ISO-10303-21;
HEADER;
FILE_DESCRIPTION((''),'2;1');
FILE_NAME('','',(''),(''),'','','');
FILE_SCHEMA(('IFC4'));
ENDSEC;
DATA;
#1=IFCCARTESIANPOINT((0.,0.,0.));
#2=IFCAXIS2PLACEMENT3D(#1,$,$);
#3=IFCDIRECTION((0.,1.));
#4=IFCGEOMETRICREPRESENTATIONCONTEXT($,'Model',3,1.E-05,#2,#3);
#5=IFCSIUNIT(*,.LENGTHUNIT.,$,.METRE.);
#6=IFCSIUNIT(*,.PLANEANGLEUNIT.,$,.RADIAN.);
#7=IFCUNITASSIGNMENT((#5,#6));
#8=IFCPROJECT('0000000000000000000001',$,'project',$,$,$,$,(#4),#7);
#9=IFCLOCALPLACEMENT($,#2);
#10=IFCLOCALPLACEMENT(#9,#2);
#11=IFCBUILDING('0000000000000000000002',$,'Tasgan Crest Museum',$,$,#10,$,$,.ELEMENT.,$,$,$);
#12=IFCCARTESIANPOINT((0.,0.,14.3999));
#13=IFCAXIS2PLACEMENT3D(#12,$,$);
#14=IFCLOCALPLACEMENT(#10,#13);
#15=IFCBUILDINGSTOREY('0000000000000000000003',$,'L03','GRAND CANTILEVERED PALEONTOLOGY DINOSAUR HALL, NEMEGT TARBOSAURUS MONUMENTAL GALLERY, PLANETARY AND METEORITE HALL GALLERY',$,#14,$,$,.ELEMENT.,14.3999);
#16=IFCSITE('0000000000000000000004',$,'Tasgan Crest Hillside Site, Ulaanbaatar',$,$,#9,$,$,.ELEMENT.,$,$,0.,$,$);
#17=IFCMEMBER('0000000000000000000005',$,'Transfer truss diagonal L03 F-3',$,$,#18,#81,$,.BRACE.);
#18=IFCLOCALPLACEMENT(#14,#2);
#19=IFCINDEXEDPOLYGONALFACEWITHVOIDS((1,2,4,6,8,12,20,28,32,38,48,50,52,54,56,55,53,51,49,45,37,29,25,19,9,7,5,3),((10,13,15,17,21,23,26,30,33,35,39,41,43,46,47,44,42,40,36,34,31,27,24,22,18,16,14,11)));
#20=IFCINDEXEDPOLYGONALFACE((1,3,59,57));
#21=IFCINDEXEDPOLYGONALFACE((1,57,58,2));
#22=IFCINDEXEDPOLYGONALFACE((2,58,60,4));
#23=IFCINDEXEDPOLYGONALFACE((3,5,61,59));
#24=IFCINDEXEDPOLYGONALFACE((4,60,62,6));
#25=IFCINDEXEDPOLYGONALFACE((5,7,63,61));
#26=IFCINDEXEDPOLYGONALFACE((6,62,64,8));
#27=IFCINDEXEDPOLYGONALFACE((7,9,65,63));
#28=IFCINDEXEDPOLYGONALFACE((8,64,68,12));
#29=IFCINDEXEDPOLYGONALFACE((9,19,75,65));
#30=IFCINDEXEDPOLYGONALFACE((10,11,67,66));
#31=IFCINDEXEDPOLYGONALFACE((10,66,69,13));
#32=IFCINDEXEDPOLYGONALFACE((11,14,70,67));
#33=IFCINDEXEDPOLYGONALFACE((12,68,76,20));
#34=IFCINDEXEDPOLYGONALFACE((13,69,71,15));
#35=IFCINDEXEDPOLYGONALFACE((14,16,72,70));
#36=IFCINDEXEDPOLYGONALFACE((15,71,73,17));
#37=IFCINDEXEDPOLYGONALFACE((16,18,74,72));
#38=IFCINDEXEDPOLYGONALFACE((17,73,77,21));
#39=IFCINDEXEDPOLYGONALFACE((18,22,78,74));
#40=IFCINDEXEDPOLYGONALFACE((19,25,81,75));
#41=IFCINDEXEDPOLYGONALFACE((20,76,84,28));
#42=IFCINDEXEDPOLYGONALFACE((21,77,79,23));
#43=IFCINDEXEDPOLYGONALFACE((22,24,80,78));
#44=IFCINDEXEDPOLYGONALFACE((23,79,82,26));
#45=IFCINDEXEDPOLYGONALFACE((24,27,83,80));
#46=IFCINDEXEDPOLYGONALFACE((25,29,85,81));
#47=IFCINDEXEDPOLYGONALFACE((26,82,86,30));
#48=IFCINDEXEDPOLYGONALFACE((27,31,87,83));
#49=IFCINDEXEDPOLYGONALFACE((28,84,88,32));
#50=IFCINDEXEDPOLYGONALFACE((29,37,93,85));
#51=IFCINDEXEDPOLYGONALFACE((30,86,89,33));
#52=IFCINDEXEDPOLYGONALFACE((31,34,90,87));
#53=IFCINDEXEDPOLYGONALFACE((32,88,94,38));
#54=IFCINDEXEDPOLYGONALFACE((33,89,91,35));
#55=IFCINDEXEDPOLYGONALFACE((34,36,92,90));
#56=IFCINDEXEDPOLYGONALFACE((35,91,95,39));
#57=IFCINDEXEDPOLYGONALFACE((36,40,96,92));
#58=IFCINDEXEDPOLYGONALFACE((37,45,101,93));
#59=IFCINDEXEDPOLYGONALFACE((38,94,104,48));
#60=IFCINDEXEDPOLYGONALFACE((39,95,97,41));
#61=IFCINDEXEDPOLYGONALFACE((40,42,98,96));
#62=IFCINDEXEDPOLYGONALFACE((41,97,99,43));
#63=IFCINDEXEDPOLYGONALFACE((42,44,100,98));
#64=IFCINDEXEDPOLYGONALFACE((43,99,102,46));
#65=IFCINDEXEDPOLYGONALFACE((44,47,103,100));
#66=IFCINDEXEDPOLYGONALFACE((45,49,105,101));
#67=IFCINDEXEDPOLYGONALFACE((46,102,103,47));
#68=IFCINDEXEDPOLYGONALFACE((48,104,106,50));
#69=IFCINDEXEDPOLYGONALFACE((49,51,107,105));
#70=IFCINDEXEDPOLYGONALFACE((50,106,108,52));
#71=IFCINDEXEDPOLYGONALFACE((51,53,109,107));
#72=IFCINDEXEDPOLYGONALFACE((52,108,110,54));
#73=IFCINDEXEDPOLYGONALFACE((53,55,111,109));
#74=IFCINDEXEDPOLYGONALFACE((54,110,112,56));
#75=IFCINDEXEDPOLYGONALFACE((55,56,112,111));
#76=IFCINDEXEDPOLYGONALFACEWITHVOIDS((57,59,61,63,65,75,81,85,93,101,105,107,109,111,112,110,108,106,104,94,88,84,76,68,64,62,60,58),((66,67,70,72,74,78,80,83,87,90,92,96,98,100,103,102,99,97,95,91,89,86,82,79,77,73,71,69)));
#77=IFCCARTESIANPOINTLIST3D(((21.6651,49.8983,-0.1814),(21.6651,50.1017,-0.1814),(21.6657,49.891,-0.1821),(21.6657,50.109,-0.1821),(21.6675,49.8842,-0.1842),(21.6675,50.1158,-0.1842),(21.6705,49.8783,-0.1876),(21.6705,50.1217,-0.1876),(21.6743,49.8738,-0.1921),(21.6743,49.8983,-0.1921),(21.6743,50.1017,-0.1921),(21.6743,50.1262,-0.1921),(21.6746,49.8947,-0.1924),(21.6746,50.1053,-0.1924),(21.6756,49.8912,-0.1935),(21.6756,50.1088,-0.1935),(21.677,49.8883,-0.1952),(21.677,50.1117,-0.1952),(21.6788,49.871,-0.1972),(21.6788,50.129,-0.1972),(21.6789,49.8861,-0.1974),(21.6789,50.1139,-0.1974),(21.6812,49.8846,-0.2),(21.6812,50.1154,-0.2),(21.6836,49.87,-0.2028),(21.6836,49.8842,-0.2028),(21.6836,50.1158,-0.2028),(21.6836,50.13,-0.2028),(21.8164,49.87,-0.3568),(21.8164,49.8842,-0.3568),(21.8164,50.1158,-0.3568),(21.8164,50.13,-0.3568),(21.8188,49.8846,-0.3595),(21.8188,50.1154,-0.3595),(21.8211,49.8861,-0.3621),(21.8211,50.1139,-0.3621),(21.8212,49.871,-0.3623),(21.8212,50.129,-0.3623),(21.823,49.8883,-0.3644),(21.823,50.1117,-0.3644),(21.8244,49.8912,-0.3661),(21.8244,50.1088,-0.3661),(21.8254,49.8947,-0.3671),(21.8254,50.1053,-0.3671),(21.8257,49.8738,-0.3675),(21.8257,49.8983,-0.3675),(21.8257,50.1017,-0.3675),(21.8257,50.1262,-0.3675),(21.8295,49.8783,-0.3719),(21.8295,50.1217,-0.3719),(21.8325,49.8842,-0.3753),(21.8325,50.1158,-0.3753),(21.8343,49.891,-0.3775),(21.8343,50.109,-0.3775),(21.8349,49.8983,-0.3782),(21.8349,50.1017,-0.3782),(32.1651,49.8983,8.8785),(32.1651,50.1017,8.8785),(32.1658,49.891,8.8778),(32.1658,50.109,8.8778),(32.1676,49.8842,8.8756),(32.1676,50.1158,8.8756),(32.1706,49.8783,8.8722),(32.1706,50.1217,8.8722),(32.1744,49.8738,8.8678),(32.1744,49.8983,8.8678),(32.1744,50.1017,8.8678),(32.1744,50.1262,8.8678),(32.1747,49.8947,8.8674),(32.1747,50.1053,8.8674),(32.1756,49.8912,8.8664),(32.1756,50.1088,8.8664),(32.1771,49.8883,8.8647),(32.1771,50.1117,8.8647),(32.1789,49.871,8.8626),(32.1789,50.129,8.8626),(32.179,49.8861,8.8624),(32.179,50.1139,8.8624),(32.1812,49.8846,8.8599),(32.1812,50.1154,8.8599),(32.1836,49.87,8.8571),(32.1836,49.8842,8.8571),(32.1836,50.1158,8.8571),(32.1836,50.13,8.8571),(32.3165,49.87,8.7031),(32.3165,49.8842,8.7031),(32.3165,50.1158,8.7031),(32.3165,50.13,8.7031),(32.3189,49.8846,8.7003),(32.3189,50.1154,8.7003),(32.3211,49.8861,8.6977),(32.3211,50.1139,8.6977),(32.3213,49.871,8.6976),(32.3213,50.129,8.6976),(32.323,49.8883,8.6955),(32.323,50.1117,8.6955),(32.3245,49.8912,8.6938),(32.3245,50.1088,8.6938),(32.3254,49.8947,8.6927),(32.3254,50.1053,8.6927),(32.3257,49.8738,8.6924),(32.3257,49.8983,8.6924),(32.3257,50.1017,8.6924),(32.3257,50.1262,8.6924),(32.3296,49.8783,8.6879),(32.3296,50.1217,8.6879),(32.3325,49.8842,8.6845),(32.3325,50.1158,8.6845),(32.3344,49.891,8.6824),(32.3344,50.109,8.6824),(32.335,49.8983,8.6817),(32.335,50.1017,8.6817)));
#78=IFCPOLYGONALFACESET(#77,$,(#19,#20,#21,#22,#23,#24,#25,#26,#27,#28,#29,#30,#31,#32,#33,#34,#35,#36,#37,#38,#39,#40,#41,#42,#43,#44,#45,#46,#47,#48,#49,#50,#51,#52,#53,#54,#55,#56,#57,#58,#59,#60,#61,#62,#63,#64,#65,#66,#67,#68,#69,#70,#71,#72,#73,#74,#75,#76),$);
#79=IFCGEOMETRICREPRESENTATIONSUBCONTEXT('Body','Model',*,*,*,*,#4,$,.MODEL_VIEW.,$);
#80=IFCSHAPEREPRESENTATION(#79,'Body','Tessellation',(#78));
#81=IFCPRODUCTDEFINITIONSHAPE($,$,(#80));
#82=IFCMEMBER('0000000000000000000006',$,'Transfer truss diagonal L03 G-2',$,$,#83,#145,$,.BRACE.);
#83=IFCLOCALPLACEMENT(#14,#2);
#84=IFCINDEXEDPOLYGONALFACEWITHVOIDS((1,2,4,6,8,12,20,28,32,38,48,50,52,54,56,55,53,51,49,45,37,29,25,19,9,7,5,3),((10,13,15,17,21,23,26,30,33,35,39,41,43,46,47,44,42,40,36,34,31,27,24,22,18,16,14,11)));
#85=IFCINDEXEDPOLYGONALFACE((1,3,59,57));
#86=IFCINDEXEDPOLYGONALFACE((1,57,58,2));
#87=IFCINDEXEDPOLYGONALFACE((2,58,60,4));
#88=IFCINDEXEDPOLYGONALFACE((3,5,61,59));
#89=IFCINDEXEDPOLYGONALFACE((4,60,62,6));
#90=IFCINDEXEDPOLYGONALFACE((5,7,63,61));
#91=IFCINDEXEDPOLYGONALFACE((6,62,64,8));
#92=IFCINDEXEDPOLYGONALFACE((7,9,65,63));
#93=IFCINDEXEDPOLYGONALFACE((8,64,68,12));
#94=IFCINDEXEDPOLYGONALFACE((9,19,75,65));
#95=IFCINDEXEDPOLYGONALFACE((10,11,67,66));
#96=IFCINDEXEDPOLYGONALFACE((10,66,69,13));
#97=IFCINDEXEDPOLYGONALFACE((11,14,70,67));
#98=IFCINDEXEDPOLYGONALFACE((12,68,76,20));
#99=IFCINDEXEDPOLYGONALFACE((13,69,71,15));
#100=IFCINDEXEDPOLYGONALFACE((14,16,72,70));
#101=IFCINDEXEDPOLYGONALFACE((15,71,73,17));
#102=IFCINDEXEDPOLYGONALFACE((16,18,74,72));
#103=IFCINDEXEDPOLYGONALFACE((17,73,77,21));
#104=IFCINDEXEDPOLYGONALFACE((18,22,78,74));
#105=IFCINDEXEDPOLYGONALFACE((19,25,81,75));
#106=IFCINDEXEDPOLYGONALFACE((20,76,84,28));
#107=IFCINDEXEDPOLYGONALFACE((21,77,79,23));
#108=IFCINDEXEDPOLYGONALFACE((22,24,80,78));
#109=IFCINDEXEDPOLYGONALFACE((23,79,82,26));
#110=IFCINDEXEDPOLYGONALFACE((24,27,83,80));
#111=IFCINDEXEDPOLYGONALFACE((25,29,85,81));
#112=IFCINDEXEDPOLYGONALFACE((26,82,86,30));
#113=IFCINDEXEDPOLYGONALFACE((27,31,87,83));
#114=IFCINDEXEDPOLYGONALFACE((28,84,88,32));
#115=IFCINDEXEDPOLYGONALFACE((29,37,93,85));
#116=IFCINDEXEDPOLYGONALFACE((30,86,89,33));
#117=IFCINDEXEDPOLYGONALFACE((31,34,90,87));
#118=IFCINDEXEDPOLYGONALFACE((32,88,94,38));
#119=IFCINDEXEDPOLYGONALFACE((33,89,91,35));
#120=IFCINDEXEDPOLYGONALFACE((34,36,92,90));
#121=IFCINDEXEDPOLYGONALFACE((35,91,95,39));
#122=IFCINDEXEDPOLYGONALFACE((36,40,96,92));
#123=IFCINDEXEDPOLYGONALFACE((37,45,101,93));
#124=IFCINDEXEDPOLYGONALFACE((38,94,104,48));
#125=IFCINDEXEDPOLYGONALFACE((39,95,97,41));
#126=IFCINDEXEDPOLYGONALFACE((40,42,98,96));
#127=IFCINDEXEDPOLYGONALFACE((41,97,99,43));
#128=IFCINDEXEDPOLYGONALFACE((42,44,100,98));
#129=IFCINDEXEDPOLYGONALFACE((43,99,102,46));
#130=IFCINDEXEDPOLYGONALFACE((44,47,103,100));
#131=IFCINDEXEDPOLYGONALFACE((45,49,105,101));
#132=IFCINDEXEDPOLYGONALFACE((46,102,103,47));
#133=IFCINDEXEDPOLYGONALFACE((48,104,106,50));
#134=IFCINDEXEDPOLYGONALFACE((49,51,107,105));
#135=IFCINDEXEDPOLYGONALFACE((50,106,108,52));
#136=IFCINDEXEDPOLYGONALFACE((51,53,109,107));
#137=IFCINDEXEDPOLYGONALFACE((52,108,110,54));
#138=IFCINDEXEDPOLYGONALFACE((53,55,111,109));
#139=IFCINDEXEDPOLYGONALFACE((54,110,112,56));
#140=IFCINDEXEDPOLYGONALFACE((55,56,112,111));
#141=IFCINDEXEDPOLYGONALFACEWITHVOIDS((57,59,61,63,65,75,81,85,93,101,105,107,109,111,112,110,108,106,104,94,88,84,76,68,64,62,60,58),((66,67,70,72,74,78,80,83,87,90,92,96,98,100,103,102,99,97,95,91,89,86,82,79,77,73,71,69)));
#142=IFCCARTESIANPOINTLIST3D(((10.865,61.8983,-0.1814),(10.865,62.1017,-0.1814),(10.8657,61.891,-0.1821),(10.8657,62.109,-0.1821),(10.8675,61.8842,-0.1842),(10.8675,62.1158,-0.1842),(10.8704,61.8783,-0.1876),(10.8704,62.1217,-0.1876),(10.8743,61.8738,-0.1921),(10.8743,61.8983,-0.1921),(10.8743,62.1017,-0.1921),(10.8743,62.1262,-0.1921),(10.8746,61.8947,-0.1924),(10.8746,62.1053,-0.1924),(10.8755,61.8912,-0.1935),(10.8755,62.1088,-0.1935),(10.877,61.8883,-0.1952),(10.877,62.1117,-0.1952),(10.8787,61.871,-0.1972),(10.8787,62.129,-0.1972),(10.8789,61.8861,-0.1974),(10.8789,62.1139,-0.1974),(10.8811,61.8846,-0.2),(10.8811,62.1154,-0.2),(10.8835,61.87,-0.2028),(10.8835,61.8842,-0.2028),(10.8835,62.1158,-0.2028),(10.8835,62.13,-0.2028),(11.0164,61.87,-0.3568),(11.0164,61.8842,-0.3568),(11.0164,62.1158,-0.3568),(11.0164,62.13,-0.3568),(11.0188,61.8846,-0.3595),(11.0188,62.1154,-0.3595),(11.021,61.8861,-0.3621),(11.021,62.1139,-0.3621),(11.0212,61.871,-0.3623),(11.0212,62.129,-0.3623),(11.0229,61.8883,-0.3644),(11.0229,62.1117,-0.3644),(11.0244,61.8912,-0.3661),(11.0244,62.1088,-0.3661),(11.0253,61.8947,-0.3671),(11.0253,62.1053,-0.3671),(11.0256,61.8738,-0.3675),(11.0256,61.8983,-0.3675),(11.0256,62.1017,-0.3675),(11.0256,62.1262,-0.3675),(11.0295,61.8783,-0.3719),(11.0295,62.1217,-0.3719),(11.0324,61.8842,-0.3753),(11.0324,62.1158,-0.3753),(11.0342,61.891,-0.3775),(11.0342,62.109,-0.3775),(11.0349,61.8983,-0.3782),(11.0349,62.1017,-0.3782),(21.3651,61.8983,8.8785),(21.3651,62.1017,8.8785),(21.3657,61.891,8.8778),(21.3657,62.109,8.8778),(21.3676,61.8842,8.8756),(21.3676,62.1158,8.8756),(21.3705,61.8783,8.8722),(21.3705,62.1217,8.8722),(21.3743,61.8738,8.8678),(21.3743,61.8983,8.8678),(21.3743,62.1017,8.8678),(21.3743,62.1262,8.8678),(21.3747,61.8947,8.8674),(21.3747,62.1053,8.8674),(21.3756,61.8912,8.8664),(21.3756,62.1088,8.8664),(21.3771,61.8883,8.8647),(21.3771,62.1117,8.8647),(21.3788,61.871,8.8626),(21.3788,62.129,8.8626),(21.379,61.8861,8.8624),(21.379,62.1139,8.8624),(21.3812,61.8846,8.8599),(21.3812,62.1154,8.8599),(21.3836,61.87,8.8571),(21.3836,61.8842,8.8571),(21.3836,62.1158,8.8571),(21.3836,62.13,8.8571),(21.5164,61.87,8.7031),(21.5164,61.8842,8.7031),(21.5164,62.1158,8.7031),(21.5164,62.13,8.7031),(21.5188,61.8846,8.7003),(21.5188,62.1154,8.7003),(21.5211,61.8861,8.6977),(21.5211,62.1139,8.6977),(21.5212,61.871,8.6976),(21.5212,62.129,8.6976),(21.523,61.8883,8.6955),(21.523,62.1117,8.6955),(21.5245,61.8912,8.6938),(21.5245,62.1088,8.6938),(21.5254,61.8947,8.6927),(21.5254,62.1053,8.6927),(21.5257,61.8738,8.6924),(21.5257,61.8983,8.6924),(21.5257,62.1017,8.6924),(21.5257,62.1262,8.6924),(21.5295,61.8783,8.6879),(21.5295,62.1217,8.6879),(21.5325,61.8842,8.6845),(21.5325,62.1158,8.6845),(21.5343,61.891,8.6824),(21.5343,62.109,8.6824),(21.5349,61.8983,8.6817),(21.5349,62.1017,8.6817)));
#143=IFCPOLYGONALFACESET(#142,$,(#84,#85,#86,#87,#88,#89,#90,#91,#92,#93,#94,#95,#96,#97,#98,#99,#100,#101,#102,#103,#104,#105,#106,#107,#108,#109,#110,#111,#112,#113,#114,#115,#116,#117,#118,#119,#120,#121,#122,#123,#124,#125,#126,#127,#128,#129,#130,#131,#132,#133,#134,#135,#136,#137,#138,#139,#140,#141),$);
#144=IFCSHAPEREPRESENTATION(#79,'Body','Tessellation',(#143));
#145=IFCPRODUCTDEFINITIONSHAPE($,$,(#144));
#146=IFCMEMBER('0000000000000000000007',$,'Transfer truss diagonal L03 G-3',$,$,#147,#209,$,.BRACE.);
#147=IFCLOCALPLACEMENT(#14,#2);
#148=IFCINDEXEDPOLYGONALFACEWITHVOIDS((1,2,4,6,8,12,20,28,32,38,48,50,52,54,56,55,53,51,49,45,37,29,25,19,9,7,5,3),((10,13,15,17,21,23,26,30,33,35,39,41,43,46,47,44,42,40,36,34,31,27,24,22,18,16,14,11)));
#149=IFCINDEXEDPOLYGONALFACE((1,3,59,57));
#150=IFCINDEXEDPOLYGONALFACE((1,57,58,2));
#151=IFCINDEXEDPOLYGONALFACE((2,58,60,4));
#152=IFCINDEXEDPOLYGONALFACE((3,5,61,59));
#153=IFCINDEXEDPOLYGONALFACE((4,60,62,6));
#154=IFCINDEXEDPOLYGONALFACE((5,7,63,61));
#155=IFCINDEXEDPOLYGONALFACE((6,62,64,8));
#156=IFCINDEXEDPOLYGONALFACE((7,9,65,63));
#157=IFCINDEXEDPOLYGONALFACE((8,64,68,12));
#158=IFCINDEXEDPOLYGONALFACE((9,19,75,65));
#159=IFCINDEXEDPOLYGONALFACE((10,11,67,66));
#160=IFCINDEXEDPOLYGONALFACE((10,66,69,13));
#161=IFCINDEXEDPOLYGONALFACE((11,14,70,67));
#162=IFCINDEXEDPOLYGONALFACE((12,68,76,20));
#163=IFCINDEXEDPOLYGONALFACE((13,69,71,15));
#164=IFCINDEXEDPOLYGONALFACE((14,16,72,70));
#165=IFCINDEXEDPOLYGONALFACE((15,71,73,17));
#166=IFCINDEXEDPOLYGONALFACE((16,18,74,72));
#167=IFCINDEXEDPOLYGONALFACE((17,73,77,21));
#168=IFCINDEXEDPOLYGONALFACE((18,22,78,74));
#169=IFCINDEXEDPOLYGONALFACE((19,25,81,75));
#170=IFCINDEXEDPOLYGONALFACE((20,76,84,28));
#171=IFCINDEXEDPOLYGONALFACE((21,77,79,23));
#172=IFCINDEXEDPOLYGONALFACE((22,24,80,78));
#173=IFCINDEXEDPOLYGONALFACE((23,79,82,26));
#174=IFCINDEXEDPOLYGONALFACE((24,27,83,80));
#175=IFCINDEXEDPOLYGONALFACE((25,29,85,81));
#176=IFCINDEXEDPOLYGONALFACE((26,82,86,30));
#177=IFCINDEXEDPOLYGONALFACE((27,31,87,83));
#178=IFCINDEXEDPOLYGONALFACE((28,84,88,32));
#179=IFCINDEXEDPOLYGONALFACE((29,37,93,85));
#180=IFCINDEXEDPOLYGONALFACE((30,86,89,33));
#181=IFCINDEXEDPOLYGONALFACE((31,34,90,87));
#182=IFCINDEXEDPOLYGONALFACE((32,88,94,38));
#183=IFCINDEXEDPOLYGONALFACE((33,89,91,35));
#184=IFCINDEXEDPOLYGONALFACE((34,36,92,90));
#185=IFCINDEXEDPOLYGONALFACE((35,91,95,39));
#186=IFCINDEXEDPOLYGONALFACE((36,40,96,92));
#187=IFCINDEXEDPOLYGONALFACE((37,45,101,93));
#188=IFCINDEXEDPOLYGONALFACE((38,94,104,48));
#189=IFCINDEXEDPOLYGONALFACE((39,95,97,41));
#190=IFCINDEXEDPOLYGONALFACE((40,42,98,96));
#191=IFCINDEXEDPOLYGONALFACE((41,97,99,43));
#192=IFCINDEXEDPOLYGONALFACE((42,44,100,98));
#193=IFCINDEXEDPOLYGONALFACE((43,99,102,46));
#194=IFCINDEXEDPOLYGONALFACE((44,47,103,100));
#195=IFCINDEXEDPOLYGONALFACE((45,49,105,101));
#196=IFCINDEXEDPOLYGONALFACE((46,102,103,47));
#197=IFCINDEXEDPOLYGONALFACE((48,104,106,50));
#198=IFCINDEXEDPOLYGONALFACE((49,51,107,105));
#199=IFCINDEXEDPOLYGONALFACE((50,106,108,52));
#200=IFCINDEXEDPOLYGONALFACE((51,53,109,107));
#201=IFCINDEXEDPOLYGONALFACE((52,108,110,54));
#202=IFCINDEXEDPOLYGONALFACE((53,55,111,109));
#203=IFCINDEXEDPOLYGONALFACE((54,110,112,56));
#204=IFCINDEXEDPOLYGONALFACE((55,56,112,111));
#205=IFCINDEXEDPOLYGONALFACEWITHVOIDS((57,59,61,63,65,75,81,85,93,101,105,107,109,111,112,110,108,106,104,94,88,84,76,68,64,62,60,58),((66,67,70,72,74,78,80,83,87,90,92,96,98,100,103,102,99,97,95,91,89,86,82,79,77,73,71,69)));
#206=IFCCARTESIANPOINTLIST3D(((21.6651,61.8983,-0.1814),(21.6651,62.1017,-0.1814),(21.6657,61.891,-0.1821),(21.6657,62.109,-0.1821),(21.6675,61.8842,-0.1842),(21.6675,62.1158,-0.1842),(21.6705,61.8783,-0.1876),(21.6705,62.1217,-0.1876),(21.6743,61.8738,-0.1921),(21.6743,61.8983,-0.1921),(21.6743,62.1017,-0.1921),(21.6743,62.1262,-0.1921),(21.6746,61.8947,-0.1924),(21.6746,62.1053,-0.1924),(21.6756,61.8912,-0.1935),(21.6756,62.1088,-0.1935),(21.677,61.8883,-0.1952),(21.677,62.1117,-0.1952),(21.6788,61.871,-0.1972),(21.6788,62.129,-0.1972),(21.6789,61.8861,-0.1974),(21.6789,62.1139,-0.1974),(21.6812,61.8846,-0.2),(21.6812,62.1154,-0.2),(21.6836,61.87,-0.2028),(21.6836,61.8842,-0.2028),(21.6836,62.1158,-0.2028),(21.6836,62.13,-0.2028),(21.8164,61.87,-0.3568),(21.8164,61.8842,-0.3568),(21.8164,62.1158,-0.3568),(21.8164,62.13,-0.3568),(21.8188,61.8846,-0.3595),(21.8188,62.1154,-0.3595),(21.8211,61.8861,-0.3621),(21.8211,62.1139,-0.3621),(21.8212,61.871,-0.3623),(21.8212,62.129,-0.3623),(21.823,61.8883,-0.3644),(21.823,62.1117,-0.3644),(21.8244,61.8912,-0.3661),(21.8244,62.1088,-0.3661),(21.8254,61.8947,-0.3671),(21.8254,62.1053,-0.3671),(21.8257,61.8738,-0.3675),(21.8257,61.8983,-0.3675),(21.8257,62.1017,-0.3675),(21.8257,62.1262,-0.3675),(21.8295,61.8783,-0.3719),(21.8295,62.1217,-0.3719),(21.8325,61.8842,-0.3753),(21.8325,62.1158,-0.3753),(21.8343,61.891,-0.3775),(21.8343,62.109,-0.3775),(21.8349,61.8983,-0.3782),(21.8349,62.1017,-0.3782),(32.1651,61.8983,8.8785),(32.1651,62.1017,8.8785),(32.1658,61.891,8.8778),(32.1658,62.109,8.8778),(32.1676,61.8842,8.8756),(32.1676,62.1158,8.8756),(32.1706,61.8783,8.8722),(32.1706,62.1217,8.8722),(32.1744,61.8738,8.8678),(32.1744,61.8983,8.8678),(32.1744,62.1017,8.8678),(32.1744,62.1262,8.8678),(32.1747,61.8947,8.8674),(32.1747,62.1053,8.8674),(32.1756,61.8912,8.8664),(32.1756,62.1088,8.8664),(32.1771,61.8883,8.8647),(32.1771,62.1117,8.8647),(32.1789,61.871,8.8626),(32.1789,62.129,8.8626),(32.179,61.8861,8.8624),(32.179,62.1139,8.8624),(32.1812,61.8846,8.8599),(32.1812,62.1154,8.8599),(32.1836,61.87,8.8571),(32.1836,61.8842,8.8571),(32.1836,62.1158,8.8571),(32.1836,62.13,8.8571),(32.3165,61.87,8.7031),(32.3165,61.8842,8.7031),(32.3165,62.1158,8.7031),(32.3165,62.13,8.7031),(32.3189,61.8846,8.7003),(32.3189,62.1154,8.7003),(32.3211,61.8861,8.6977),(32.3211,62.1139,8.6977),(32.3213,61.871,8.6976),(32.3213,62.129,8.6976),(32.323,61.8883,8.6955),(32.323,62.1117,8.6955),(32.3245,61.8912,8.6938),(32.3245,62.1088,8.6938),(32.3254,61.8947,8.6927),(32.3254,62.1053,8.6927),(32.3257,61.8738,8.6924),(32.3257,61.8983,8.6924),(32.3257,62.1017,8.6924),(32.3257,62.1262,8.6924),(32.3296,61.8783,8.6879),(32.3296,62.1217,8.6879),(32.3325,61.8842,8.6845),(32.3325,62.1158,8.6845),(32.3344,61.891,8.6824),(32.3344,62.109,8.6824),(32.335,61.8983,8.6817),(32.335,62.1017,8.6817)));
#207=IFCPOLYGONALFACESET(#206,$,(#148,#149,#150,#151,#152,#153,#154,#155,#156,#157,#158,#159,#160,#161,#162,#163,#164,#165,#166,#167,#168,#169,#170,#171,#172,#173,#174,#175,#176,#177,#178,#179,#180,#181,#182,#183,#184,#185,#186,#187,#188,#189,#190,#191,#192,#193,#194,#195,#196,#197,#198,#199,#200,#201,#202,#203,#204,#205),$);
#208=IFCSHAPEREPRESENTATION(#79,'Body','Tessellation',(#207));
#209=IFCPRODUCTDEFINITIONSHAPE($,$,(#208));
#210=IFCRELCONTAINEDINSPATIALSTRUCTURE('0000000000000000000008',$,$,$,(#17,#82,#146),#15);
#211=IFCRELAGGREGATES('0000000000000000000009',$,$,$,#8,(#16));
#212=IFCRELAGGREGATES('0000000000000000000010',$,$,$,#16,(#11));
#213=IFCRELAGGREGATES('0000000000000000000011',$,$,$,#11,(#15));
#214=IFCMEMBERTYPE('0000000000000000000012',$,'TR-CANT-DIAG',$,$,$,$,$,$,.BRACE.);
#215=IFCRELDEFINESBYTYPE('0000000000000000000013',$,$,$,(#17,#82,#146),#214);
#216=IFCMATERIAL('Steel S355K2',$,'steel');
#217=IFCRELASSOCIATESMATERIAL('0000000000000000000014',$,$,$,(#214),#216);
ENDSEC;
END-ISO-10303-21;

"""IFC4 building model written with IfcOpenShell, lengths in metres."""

from ifc_helpers import new_model, si_unit, direction, frame, origin, origin_2d, place, context, subcontext, project, spatial, hollow_rectangle, extrude, material, material_profile, profile_set, type_object, element, save


model = new_model("IFC4")

# Units and contexts
model_context = context("Model", 3, precision=1e-05, world=origin(), true_north=direction((0.0, 1.0)))
body_context = subcontext(model_context, "Body", "Model", "MODEL_VIEW")
ifc_project = project(units=[si_unit("LENGTHUNIT", "METRE"), si_unit("PLANEANGLEUNIT", "RADIAN")], contexts=[model_context])

# Site, building, storey
site_placement = place(None, origin())
site = spatial("IfcSite", under=ifc_project, at=site_placement, Name="Tasgan Crest Hillside Site, Ulaanbaatar", CompositionType="ELEMENT", RefElevation=0.0)
building_placement = place(site_placement, origin())
building = spatial("IfcBuilding", under=site, at=building_placement, Name="Tasgan Crest Museum", CompositionType="ELEMENT")
storey_placement = place(building_placement, frame((0.0, 0.0, 14.3999)))
storey = spatial("IfcBuildingStorey", under=building, at=storey_placement, Name="L03", Description="GRAND CANTILEVERED PALEONTOLOGY DINOSAUR HALL, NEMEGT TARBOSAURUS MONUMENTAL GALLERY, PLANETARY AND METEORITE HALL GALLERY", CompositionType="ELEMENT", Elevation=14.3999)

# Members
ifc_material_1 = material(Name="Steel S355K2", Category="steel")
ifc_material_profile_1 = material_profile(ifc_material_1, hollow_rectangle(XDim=0.26, YDim=0.26, WallThickness=0.0142, InnerFilletRadius=0.0142, OuterFilletRadius=0.0283, at=origin_2d()), Name="SHS 260x260x14.2")
ifc_profile_set_1 = profile_set([ifc_material_profile_1], Name="Steel S355K2")
member_type = type_object("IfcMemberType", Name="TR-CANT-DIAG", PredefinedType="BRACE", material=ifc_profile_set_1)
for number, where, z_axis, x_axis, name in (
    (1, (21.75, 50.0, -0.2798), (0.757121, 0.0, 0.653274), (0.0, 1.0, 0.0), "Transfer truss diagonal L03 F-3"),
    (2, (10.95, 62.0, -0.2798), (0.757121, 0.0, 0.653274), (0.0, 1.0, 0.0), "Transfer truss diagonal L03 G-2"),
    (3, (21.75, 62.0, -0.2798), (0.757121, 0.0, 0.653274), (0.0, 1.0, 0.0), "Transfer truss diagonal L03 G-3"),
):
    element("IfcMember", number, at=place(storey_placement, frame(where, z_axis=z_axis, x_axis=x_axis)), inside=storey, type_object=member_type, Name=name, PredefinedType="BRACE", context=body_context, shape_type="SweptSolid", body=[
        extrude(hollow_rectangle(XDim=0.26, YDim=0.26, WallThickness=0.0142, InnerFilletRadius=0.0142, OuterFilletRadius=0.0283, at=origin_2d()), origin(), (0.0, 0.0, 1.0), 13.8684),
    ])

save(model, "model.ifc")
